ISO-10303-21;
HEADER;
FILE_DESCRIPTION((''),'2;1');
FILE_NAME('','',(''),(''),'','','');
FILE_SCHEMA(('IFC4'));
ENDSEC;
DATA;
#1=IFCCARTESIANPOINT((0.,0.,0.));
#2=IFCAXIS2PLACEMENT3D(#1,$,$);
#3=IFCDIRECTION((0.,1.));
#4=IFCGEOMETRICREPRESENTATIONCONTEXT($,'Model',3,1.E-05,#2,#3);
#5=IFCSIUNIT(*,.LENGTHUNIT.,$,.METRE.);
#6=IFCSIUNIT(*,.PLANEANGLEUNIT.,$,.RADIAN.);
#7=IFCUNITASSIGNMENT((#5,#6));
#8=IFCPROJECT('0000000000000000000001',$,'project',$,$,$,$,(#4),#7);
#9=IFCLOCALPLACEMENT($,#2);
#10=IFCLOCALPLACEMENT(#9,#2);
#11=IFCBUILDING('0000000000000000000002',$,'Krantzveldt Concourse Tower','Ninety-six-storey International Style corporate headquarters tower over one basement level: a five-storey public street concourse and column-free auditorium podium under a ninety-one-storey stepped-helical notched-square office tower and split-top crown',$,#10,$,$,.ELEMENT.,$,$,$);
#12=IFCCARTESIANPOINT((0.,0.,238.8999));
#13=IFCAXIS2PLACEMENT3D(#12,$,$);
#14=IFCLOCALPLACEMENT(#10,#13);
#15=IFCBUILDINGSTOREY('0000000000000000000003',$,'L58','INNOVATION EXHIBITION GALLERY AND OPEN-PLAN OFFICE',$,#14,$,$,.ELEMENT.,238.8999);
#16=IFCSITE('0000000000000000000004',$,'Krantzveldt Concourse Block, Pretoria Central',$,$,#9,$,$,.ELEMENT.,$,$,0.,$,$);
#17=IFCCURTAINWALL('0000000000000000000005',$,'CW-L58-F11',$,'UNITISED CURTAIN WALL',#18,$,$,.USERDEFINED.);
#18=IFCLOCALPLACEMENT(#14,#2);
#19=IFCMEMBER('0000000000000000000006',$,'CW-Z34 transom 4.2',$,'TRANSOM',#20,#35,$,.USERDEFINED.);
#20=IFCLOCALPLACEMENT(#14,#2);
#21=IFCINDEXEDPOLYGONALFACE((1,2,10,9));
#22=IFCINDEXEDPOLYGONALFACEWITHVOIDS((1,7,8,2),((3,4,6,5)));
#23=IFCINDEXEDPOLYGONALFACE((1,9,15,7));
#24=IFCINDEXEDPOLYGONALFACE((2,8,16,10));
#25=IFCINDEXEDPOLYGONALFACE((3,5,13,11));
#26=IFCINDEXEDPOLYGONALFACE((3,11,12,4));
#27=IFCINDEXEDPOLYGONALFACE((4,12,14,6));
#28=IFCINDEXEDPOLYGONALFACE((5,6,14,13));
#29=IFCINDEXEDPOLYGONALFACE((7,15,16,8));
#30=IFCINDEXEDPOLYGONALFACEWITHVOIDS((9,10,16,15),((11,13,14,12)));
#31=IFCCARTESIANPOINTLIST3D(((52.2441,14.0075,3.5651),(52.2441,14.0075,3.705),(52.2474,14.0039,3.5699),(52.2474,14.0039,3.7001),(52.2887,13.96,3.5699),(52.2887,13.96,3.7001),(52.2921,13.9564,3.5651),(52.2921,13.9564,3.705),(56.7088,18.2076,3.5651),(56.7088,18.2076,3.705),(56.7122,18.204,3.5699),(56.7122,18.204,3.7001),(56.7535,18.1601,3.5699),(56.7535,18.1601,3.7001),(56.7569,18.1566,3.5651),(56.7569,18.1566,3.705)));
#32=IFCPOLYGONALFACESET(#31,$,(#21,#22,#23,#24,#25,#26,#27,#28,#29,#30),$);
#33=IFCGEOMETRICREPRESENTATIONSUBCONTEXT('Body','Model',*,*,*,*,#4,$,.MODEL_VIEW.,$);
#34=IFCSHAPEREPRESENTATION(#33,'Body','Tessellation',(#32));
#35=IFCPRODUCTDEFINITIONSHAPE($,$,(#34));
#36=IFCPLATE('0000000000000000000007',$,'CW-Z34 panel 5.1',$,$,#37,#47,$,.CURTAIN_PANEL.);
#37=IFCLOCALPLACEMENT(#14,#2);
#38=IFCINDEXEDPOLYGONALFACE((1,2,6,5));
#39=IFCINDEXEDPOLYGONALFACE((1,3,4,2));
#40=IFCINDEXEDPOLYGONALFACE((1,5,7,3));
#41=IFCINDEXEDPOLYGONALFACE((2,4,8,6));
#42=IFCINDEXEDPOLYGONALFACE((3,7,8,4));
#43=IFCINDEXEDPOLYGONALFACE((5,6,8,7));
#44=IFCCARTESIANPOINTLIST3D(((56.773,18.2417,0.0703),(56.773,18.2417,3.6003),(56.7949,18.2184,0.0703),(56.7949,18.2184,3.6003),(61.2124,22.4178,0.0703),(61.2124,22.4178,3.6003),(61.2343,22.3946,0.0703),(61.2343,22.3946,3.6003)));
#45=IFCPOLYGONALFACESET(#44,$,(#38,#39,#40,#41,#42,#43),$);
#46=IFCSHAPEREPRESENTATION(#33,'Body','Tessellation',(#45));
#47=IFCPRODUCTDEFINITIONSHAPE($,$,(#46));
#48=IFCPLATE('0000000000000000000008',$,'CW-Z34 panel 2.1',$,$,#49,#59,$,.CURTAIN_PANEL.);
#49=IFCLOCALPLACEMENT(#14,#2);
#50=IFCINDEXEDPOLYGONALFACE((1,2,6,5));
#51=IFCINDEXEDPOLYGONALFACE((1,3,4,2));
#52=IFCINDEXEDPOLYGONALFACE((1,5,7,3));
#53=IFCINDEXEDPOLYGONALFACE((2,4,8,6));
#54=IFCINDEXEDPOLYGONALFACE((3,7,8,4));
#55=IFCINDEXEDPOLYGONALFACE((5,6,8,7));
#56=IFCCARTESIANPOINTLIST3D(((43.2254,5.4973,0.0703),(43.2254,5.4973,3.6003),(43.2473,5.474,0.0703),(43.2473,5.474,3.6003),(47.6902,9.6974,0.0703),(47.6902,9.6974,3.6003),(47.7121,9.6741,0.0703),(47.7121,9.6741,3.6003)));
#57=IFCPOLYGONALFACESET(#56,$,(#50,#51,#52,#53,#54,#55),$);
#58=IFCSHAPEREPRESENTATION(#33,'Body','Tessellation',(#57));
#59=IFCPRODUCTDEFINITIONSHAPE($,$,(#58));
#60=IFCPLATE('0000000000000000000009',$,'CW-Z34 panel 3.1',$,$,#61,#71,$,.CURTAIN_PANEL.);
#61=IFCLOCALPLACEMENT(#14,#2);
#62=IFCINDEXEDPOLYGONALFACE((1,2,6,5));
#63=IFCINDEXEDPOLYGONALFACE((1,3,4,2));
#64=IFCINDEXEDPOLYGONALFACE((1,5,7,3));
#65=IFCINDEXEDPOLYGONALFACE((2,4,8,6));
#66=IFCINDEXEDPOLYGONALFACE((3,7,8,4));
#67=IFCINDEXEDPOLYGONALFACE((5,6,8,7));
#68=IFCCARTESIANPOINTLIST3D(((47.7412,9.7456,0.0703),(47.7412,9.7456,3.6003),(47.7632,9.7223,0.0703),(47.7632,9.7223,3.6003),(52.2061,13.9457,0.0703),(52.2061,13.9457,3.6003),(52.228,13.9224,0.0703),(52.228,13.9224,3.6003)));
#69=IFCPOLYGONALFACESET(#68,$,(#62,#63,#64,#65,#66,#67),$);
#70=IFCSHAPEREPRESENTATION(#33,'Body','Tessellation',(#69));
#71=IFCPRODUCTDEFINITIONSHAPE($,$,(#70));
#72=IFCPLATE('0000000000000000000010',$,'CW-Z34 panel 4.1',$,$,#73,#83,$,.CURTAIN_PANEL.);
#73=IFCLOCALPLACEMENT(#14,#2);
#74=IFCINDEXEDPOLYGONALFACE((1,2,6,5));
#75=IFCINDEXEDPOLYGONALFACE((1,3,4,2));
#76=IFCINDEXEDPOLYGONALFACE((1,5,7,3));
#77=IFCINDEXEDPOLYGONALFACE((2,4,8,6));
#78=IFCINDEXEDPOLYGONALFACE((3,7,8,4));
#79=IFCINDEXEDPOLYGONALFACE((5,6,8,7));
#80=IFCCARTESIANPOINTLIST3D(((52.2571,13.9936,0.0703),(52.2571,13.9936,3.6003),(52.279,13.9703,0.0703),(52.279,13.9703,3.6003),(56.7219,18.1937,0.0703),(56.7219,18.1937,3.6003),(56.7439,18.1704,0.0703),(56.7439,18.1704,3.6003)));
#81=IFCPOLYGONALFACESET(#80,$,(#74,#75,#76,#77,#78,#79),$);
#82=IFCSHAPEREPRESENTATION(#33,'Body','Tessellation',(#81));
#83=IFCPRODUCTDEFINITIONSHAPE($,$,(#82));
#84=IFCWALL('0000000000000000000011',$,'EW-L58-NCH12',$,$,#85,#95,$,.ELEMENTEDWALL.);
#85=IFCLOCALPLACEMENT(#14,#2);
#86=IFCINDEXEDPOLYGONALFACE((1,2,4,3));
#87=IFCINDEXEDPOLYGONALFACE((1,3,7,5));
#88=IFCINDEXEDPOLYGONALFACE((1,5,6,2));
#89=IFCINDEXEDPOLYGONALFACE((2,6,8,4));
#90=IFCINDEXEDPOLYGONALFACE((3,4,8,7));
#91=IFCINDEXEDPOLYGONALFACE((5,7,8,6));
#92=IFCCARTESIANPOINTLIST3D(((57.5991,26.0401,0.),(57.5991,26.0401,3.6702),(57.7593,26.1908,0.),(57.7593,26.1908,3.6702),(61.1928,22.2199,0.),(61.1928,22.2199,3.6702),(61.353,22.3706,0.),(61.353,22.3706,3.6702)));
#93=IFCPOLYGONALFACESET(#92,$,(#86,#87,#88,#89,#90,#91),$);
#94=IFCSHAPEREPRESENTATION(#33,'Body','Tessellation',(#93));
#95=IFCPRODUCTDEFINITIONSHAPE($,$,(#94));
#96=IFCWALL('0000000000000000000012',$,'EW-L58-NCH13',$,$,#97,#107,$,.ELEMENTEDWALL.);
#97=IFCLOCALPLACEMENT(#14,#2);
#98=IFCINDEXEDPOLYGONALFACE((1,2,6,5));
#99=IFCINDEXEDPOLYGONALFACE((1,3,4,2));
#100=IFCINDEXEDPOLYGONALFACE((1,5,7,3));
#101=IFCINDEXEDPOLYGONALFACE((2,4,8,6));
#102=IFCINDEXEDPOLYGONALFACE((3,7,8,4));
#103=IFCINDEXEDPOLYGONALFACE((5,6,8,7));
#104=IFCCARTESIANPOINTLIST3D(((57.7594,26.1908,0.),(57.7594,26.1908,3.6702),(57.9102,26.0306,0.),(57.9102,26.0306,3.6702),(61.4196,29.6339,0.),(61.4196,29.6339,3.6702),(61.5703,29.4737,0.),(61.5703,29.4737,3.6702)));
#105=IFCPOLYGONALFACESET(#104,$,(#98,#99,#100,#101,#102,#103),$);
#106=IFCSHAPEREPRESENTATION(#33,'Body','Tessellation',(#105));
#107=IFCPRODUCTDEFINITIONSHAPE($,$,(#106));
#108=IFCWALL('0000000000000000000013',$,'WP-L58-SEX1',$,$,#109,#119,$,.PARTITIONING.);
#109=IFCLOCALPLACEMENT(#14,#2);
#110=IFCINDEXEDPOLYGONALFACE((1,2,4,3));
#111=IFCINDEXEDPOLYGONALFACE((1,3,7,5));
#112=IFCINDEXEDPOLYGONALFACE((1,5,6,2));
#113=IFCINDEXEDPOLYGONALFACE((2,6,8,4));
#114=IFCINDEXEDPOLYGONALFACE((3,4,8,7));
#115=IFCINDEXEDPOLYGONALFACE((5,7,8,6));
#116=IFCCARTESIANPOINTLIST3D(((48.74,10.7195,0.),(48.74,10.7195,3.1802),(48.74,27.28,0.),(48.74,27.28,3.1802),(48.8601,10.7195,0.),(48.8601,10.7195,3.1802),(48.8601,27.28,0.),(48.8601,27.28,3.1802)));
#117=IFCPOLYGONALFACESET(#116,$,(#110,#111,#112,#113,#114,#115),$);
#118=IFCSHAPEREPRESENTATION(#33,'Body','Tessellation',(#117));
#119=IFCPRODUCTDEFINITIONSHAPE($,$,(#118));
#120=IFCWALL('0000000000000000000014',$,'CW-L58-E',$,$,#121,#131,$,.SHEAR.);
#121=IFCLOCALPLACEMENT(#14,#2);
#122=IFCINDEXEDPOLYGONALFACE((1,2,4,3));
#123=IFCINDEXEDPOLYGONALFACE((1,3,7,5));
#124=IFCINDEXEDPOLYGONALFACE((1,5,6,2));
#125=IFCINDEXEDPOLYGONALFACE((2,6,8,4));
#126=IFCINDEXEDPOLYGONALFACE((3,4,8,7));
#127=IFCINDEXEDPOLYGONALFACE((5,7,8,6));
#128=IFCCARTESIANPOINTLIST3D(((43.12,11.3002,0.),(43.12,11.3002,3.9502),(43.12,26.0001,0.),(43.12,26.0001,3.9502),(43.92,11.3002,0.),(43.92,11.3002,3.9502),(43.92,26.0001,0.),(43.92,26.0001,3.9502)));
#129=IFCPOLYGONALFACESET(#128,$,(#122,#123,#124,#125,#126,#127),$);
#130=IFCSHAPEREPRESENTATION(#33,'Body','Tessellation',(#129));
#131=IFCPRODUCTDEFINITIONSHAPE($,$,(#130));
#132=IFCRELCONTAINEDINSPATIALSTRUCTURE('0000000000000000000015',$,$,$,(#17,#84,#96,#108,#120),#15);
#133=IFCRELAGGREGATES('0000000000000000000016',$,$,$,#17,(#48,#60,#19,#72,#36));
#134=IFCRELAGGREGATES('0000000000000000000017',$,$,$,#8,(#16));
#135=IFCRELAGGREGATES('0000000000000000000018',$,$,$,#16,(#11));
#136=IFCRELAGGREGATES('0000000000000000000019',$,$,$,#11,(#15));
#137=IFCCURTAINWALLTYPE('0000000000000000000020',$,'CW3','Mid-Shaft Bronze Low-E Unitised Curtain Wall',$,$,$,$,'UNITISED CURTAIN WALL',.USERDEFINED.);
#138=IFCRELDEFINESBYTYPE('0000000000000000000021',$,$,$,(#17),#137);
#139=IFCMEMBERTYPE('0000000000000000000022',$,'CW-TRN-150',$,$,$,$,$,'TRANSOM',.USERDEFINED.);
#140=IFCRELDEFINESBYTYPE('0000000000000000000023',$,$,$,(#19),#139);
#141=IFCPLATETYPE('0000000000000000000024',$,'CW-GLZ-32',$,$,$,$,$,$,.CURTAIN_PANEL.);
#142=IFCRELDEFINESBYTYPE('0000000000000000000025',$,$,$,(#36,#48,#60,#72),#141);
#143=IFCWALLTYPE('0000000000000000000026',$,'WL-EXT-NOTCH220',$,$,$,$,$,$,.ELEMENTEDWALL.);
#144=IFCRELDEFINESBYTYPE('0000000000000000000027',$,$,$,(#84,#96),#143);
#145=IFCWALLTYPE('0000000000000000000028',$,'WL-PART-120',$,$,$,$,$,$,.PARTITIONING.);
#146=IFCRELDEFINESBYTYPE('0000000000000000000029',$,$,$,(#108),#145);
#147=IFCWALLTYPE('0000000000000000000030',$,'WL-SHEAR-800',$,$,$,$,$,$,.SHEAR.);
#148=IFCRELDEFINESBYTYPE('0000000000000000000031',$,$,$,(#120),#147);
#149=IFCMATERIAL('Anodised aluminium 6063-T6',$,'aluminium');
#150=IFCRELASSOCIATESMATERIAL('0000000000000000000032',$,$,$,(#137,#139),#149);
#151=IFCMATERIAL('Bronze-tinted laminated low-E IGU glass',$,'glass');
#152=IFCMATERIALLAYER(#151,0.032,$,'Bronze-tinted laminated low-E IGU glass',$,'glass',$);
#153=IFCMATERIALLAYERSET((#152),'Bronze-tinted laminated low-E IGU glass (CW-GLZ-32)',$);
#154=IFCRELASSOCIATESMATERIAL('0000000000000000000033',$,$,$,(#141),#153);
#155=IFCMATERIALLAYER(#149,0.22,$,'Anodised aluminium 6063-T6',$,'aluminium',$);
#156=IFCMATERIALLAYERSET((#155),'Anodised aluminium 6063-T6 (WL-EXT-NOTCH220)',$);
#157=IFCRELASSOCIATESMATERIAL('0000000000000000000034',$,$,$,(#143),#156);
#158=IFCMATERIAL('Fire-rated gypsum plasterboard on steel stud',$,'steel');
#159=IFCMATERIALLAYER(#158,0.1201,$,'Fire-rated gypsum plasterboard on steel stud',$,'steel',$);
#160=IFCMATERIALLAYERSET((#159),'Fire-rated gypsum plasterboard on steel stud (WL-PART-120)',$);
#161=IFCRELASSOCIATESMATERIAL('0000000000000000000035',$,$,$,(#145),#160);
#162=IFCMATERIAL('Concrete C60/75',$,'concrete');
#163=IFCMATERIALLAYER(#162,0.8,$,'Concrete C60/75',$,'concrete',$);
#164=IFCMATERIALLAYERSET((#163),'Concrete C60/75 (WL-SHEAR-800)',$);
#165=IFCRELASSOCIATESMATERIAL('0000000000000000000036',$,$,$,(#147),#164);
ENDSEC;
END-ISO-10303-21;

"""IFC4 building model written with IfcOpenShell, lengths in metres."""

from ifc_helpers import new_model, si_unit, direction, frame, frame_2d, origin, origin_2d, place, context, subcontext, project, spatial, rectangle, hollow_rectangle, extrude, source, transform, mapped, material, layer, layer_set, material_profile, profile_set, type_object, type_shapes, element, aggregate, save


model = new_model("IFC4")

# Units and contexts
model_context = context("Model", 3, precision=1e-05, world=origin(), true_north=direction((0.0, 1.0)))
body_context = subcontext(model_context, "Body", "Model", "MODEL_VIEW")
ifc_project = project(units=[si_unit("LENGTHUNIT", "METRE"), si_unit("PLANEANGLEUNIT", "RADIAN")], contexts=[model_context])

# Site, building, storey
site_placement = place(None, origin())
site = spatial("IfcSite", under=ifc_project, at=site_placement, Name="Krantzveldt Concourse Block, Pretoria Central", CompositionType="ELEMENT", RefElevation=0.0)
building_placement = place(site_placement, origin())
building = spatial("IfcBuilding", under=site, at=building_placement, Name="Krantzveldt Concourse Tower", Description="Ninety-six-storey International Style corporate headquarters tower over one basement level: a five-storey public street concourse and column-free auditorium podium under a ninety-one-storey stepped-helical notched-square office tower and split-top crown", CompositionType="ELEMENT")
storey_placement = place(building_placement, frame((0.0, 0.0, 238.8999)))
storey = spatial("IfcBuildingStorey", under=building, at=storey_placement, Name="L58", Description="INNOVATION EXHIBITION GALLERY AND OPEN-PLAN OFFICE", CompositionType="ELEMENT", Elevation=238.8999)

# Curtain wall, member, plates
ifc_material_1 = material(Name="Anodised aluminium 6063-T6", Category="aluminium")
curtain_wall_type = type_object("IfcCurtainWallType", Name="CW3", Description="Mid-Shaft Bronze Low-E Unitised Curtain Wall", ElementType="UNITISED CURTAIN WALL", PredefinedType="USERDEFINED", material=ifc_material_1)
curtain_wall_placement = place(storey_placement, origin())
curtain_wall = element("IfcCurtainWall", 1, at=curtain_wall_placement, inside=storey, type_object=curtain_wall_type, Name="CW-L58-F11", ObjectType="UNITISED CURTAIN WALL", PredefinedType="USERDEFINED")
ifc_material_profile_1 = material_profile(ifc_material_1, hollow_rectangle(XDim=0.0701, YDim=0.1399, WallThickness=0.0049, at=origin_2d()), Name="Anodised aluminium 6063-T6", Category="aluminium")
ifc_profile_set_1 = profile_set([ifc_material_profile_1], Name="Anodised aluminium 6063-T6 - ALU-TRAN 140x70x5")
member_type_1 = type_object("IfcMemberType", Name="CW-TRN-150", ElementType="TRANSOM", PredefinedType="USERDEFINED", material=ifc_profile_set_1)
shared_shape_1 = source(origin(), body_context, "Body", "SweptSolid", [
    extrude(hollow_rectangle(XDim=0.0701, YDim=0.1399, WallThickness=0.0049, at=origin_2d()), origin(), (0.0, 0.0, 1.0), 6.1299),
])
member_1_placement = place(storey_placement, frame((52.2681, 13.9819, 3.635), z_axis=(0.728364, 0.685191, 0.0), x_axis=(-0.685191, 0.728364, 0.0)))
member_1 = element("IfcMember", 2, at=member_1_placement, type_object=member_type_1, Name="CW-Z34 transom 4.2", ObjectType="TRANSOM", PredefinedType="USERDEFINED", context=body_context, shape_type="MappedRepresentation", body=[
    mapped(shared_shape_1, transform((0.0, 0.0, 0.0), x_axis=(1.0, 0.0, 0.0), y_axis=(0.0, 1.0, 0.0), z_axis=(0.0, 0.0, 1.0), scale=1.0)),
])
ifc_material_2 = material(Name="Bronze-tinted laminated low-E IGU glass", Category="glass")
ifc_layer_1 = layer(ifc_material_2, 0.032, Name="Bronze-tinted laminated low-E IGU glass", Category="glass")
ifc_layer_set_1 = layer_set([ifc_layer_1], Name="Bronze-tinted laminated low-E IGU glass (CW-GLZ-32)")
plate_type = type_object("IfcPlateType", Name="CW-GLZ-32", PredefinedType="CURTAIN_PANEL", material=ifc_layer_set_1)
shared_shape_2 = source(origin(), body_context, "Body", "SweptSolid", [
    extrude(rectangle(XDim=6.095, YDim=0.032, at=origin_2d()), origin(), (0.0, 0.0, 1.0), 3.53),
])
plate_1_placement = place(storey_placement, frame((59.0037, 20.3181, 0.0703), z_axis=(0.0, 0.0, 1.0), x_axis=(0.728371, 0.685183, 0.0)))
plate_1 = element("IfcPlate", 3, at=plate_1_placement, type_object=plate_type, Name="CW-Z34 panel 5.1", PredefinedType="CURTAIN_PANEL", context=body_context, shape_type="MappedRepresentation", body=[
    mapped(shared_shape_2, transform((0.0, 0.0, 0.0), x_axis=(1.0, 0.0, 0.0), y_axis=(0.0, 1.0, 0.0), z_axis=(0.0, 0.0, 1.0), scale=1.0)),
])
shared_shape_3 = source(origin(), body_context, "Body", "SweptSolid", [
    extrude(rectangle(XDim=6.1299, YDim=0.032, at=origin_2d()), origin(), (0.0, 0.0, 1.0), 3.53),
])
type_shapes(plate_type, [shared_shape_2, shared_shape_3])
plate_2_placement = place(storey_placement, frame((45.4688, 7.5857, 0.0703), z_axis=(0.0, 0.0, 1.0), x_axis=(0.728371, 0.685183, 0.0)))
plate_2 = element("IfcPlate", 4, at=plate_2_placement, type_object=plate_type, Name="CW-Z34 panel 2.1", PredefinedType="CURTAIN_PANEL", context=body_context, shape_type="MappedRepresentation", body=[
    mapped(shared_shape_3, transform((0.0, 0.0, 0.0), x_axis=(1.0, 0.0, 0.0), y_axis=(0.0, 1.0, 0.0), z_axis=(0.0, 0.0, 1.0), scale=1.0)),
])
plate_3_placement = place(storey_placement, frame((49.9846, 11.834, 0.0703), z_axis=(0.0, 0.0, 1.0), x_axis=(0.728371, 0.685183, 0.0)))
plate_3 = element("IfcPlate", 5, at=plate_3_placement, type_object=plate_type, Name="CW-Z34 panel 3.1", PredefinedType="CURTAIN_PANEL", context=body_context, shape_type="MappedRepresentation", body=[
    mapped(shared_shape_3, transform((0.0, 0.0, 0.0), x_axis=(1.0, 0.0, 0.0), y_axis=(0.0, 1.0, 0.0), z_axis=(0.0, 0.0, 1.0), scale=1.0)),
])
plate_4_placement = place(storey_placement, frame((54.5005, 16.082, 0.0703), z_axis=(0.0, 0.0, 1.0), x_axis=(0.728371, 0.685183, 0.0)))
plate_4 = element("IfcPlate", 6, at=plate_4_placement, type_object=plate_type, Name="CW-Z34 panel 4.1", PredefinedType="CURTAIN_PANEL", context=body_context, shape_type="MappedRepresentation", body=[
    mapped(shared_shape_3, transform((0.0, 0.0, 0.0), x_axis=(1.0, 0.0, 0.0), y_axis=(0.0, 1.0, 0.0), z_axis=(0.0, 0.0, 1.0), scale=1.0)),
])
aggregate(curtain_wall, [plate_2, plate_3, member_1, plate_4, plate_1])

# Walls
ifc_layer_2 = layer(ifc_material_1, 0.22, Name="Anodised aluminium 6063-T6", Category="aluminium")
ifc_layer_set_2 = layer_set([ifc_layer_2], Name="Anodised aluminium 6063-T6 (WL-EXT-NOTCH220)")
wall_type_1 = type_object("IfcWallType", Name="WL-EXT-NOTCH220", PredefinedType="ELEMENTEDWALL", material=ifc_layer_set_2)
wall_1_placement = place(storey_placement, frame((61.2729, 22.2952, 0.0), z_axis=(0.0, 0.0, 1.0), x_axis=(-0.685179, 0.728375, 0.0)))
element("IfcWall", 7, at=wall_1_placement, inside=storey, type_object=wall_type_1, Name="EW-L58-NCH12", PredefinedType="ELEMENTEDWALL", context=body_context, shape_type="SweptSolid", body=[
    extrude(rectangle(XDim=5.2449, YDim=0.22, at=frame_2d((2.6226, 0.0))), origin(), (0.0, 0.0, 1.0), 3.6702),
])
wall_2_placement = place(storey_placement, frame((57.8347, 26.1106, 0.0), z_axis=(0.0, 0.0, 1.0), x_axis=(0.728373, 0.685181, 0.0)))
element("IfcWall", 8, at=wall_2_placement, inside=storey, type_object=wall_type_1, Name="EW-L58-NCH13", PredefinedType="ELEMENTEDWALL", context=body_context, shape_type="SweptSolid", body=[
    extrude(rectangle(XDim=5.0251, YDim=0.22, at=frame_2d((2.5127, 0.0))), origin(), (0.0, 0.0, 1.0), 3.6702),
])
ifc_material_3 = material(Name="Fire-rated gypsum plasterboard on steel stud", Category="steel")
ifc_layer_3 = layer(ifc_material_3, 0.1201, Name="Fire-rated gypsum plasterboard on steel stud", Category="steel")
ifc_layer_set_3 = layer_set([ifc_layer_3], Name="Fire-rated gypsum plasterboard on steel stud (WL-PART-120)")
wall_type_2 = type_object("IfcWallType", Name="WL-PART-120", PredefinedType="PARTITIONING", material=ifc_layer_set_3)
wall_3_placement = place(storey_placement, frame((48.8, 10.7195, 0.0), z_axis=(0.0, 0.0, 1.0), x_axis=(0.0, 1.0, 0.0)))
element("IfcWall", 9, at=wall_3_placement, inside=storey, type_object=wall_type_2, Name="WP-L58-SEX1", PredefinedType="PARTITIONING", context=body_context, shape_type="SweptSolid", body=[
    extrude(rectangle(XDim=16.5605, YDim=0.1201, at=frame_2d((8.2803, 0.0))), origin(), (0.0, 0.0, 1.0), 3.1802),
])
ifc_material_4 = material(Name="Concrete C60/75", Category="concrete")
ifc_layer_4 = layer(ifc_material_4, 0.8, Name="Concrete C60/75", Category="concrete")
ifc_layer_set_4 = layer_set([ifc_layer_4], Name="Concrete C60/75 (WL-SHEAR-800)")
wall_type_3 = type_object("IfcWallType", Name="WL-SHEAR-800", PredefinedType="SHEAR", material=ifc_layer_set_4)
wall_4_placement = place(storey_placement, frame((43.52, 11.3, 0.0), z_axis=(0.0, 0.0, 1.0), x_axis=(0.0, 1.0, 0.0)))
element("IfcWall", 10, at=wall_4_placement, inside=storey, type_object=wall_type_3, Name="CW-L58-E", PredefinedType="SHEAR", context=body_context, shape_type="SweptSolid", body=[
    extrude(rectangle(XDim=14.7, YDim=0.8, at=frame_2d((7.3501, 0.0))), origin(), (0.0, 0.0, 1.0), 3.9502),
])

save(model, "model.ifc")
